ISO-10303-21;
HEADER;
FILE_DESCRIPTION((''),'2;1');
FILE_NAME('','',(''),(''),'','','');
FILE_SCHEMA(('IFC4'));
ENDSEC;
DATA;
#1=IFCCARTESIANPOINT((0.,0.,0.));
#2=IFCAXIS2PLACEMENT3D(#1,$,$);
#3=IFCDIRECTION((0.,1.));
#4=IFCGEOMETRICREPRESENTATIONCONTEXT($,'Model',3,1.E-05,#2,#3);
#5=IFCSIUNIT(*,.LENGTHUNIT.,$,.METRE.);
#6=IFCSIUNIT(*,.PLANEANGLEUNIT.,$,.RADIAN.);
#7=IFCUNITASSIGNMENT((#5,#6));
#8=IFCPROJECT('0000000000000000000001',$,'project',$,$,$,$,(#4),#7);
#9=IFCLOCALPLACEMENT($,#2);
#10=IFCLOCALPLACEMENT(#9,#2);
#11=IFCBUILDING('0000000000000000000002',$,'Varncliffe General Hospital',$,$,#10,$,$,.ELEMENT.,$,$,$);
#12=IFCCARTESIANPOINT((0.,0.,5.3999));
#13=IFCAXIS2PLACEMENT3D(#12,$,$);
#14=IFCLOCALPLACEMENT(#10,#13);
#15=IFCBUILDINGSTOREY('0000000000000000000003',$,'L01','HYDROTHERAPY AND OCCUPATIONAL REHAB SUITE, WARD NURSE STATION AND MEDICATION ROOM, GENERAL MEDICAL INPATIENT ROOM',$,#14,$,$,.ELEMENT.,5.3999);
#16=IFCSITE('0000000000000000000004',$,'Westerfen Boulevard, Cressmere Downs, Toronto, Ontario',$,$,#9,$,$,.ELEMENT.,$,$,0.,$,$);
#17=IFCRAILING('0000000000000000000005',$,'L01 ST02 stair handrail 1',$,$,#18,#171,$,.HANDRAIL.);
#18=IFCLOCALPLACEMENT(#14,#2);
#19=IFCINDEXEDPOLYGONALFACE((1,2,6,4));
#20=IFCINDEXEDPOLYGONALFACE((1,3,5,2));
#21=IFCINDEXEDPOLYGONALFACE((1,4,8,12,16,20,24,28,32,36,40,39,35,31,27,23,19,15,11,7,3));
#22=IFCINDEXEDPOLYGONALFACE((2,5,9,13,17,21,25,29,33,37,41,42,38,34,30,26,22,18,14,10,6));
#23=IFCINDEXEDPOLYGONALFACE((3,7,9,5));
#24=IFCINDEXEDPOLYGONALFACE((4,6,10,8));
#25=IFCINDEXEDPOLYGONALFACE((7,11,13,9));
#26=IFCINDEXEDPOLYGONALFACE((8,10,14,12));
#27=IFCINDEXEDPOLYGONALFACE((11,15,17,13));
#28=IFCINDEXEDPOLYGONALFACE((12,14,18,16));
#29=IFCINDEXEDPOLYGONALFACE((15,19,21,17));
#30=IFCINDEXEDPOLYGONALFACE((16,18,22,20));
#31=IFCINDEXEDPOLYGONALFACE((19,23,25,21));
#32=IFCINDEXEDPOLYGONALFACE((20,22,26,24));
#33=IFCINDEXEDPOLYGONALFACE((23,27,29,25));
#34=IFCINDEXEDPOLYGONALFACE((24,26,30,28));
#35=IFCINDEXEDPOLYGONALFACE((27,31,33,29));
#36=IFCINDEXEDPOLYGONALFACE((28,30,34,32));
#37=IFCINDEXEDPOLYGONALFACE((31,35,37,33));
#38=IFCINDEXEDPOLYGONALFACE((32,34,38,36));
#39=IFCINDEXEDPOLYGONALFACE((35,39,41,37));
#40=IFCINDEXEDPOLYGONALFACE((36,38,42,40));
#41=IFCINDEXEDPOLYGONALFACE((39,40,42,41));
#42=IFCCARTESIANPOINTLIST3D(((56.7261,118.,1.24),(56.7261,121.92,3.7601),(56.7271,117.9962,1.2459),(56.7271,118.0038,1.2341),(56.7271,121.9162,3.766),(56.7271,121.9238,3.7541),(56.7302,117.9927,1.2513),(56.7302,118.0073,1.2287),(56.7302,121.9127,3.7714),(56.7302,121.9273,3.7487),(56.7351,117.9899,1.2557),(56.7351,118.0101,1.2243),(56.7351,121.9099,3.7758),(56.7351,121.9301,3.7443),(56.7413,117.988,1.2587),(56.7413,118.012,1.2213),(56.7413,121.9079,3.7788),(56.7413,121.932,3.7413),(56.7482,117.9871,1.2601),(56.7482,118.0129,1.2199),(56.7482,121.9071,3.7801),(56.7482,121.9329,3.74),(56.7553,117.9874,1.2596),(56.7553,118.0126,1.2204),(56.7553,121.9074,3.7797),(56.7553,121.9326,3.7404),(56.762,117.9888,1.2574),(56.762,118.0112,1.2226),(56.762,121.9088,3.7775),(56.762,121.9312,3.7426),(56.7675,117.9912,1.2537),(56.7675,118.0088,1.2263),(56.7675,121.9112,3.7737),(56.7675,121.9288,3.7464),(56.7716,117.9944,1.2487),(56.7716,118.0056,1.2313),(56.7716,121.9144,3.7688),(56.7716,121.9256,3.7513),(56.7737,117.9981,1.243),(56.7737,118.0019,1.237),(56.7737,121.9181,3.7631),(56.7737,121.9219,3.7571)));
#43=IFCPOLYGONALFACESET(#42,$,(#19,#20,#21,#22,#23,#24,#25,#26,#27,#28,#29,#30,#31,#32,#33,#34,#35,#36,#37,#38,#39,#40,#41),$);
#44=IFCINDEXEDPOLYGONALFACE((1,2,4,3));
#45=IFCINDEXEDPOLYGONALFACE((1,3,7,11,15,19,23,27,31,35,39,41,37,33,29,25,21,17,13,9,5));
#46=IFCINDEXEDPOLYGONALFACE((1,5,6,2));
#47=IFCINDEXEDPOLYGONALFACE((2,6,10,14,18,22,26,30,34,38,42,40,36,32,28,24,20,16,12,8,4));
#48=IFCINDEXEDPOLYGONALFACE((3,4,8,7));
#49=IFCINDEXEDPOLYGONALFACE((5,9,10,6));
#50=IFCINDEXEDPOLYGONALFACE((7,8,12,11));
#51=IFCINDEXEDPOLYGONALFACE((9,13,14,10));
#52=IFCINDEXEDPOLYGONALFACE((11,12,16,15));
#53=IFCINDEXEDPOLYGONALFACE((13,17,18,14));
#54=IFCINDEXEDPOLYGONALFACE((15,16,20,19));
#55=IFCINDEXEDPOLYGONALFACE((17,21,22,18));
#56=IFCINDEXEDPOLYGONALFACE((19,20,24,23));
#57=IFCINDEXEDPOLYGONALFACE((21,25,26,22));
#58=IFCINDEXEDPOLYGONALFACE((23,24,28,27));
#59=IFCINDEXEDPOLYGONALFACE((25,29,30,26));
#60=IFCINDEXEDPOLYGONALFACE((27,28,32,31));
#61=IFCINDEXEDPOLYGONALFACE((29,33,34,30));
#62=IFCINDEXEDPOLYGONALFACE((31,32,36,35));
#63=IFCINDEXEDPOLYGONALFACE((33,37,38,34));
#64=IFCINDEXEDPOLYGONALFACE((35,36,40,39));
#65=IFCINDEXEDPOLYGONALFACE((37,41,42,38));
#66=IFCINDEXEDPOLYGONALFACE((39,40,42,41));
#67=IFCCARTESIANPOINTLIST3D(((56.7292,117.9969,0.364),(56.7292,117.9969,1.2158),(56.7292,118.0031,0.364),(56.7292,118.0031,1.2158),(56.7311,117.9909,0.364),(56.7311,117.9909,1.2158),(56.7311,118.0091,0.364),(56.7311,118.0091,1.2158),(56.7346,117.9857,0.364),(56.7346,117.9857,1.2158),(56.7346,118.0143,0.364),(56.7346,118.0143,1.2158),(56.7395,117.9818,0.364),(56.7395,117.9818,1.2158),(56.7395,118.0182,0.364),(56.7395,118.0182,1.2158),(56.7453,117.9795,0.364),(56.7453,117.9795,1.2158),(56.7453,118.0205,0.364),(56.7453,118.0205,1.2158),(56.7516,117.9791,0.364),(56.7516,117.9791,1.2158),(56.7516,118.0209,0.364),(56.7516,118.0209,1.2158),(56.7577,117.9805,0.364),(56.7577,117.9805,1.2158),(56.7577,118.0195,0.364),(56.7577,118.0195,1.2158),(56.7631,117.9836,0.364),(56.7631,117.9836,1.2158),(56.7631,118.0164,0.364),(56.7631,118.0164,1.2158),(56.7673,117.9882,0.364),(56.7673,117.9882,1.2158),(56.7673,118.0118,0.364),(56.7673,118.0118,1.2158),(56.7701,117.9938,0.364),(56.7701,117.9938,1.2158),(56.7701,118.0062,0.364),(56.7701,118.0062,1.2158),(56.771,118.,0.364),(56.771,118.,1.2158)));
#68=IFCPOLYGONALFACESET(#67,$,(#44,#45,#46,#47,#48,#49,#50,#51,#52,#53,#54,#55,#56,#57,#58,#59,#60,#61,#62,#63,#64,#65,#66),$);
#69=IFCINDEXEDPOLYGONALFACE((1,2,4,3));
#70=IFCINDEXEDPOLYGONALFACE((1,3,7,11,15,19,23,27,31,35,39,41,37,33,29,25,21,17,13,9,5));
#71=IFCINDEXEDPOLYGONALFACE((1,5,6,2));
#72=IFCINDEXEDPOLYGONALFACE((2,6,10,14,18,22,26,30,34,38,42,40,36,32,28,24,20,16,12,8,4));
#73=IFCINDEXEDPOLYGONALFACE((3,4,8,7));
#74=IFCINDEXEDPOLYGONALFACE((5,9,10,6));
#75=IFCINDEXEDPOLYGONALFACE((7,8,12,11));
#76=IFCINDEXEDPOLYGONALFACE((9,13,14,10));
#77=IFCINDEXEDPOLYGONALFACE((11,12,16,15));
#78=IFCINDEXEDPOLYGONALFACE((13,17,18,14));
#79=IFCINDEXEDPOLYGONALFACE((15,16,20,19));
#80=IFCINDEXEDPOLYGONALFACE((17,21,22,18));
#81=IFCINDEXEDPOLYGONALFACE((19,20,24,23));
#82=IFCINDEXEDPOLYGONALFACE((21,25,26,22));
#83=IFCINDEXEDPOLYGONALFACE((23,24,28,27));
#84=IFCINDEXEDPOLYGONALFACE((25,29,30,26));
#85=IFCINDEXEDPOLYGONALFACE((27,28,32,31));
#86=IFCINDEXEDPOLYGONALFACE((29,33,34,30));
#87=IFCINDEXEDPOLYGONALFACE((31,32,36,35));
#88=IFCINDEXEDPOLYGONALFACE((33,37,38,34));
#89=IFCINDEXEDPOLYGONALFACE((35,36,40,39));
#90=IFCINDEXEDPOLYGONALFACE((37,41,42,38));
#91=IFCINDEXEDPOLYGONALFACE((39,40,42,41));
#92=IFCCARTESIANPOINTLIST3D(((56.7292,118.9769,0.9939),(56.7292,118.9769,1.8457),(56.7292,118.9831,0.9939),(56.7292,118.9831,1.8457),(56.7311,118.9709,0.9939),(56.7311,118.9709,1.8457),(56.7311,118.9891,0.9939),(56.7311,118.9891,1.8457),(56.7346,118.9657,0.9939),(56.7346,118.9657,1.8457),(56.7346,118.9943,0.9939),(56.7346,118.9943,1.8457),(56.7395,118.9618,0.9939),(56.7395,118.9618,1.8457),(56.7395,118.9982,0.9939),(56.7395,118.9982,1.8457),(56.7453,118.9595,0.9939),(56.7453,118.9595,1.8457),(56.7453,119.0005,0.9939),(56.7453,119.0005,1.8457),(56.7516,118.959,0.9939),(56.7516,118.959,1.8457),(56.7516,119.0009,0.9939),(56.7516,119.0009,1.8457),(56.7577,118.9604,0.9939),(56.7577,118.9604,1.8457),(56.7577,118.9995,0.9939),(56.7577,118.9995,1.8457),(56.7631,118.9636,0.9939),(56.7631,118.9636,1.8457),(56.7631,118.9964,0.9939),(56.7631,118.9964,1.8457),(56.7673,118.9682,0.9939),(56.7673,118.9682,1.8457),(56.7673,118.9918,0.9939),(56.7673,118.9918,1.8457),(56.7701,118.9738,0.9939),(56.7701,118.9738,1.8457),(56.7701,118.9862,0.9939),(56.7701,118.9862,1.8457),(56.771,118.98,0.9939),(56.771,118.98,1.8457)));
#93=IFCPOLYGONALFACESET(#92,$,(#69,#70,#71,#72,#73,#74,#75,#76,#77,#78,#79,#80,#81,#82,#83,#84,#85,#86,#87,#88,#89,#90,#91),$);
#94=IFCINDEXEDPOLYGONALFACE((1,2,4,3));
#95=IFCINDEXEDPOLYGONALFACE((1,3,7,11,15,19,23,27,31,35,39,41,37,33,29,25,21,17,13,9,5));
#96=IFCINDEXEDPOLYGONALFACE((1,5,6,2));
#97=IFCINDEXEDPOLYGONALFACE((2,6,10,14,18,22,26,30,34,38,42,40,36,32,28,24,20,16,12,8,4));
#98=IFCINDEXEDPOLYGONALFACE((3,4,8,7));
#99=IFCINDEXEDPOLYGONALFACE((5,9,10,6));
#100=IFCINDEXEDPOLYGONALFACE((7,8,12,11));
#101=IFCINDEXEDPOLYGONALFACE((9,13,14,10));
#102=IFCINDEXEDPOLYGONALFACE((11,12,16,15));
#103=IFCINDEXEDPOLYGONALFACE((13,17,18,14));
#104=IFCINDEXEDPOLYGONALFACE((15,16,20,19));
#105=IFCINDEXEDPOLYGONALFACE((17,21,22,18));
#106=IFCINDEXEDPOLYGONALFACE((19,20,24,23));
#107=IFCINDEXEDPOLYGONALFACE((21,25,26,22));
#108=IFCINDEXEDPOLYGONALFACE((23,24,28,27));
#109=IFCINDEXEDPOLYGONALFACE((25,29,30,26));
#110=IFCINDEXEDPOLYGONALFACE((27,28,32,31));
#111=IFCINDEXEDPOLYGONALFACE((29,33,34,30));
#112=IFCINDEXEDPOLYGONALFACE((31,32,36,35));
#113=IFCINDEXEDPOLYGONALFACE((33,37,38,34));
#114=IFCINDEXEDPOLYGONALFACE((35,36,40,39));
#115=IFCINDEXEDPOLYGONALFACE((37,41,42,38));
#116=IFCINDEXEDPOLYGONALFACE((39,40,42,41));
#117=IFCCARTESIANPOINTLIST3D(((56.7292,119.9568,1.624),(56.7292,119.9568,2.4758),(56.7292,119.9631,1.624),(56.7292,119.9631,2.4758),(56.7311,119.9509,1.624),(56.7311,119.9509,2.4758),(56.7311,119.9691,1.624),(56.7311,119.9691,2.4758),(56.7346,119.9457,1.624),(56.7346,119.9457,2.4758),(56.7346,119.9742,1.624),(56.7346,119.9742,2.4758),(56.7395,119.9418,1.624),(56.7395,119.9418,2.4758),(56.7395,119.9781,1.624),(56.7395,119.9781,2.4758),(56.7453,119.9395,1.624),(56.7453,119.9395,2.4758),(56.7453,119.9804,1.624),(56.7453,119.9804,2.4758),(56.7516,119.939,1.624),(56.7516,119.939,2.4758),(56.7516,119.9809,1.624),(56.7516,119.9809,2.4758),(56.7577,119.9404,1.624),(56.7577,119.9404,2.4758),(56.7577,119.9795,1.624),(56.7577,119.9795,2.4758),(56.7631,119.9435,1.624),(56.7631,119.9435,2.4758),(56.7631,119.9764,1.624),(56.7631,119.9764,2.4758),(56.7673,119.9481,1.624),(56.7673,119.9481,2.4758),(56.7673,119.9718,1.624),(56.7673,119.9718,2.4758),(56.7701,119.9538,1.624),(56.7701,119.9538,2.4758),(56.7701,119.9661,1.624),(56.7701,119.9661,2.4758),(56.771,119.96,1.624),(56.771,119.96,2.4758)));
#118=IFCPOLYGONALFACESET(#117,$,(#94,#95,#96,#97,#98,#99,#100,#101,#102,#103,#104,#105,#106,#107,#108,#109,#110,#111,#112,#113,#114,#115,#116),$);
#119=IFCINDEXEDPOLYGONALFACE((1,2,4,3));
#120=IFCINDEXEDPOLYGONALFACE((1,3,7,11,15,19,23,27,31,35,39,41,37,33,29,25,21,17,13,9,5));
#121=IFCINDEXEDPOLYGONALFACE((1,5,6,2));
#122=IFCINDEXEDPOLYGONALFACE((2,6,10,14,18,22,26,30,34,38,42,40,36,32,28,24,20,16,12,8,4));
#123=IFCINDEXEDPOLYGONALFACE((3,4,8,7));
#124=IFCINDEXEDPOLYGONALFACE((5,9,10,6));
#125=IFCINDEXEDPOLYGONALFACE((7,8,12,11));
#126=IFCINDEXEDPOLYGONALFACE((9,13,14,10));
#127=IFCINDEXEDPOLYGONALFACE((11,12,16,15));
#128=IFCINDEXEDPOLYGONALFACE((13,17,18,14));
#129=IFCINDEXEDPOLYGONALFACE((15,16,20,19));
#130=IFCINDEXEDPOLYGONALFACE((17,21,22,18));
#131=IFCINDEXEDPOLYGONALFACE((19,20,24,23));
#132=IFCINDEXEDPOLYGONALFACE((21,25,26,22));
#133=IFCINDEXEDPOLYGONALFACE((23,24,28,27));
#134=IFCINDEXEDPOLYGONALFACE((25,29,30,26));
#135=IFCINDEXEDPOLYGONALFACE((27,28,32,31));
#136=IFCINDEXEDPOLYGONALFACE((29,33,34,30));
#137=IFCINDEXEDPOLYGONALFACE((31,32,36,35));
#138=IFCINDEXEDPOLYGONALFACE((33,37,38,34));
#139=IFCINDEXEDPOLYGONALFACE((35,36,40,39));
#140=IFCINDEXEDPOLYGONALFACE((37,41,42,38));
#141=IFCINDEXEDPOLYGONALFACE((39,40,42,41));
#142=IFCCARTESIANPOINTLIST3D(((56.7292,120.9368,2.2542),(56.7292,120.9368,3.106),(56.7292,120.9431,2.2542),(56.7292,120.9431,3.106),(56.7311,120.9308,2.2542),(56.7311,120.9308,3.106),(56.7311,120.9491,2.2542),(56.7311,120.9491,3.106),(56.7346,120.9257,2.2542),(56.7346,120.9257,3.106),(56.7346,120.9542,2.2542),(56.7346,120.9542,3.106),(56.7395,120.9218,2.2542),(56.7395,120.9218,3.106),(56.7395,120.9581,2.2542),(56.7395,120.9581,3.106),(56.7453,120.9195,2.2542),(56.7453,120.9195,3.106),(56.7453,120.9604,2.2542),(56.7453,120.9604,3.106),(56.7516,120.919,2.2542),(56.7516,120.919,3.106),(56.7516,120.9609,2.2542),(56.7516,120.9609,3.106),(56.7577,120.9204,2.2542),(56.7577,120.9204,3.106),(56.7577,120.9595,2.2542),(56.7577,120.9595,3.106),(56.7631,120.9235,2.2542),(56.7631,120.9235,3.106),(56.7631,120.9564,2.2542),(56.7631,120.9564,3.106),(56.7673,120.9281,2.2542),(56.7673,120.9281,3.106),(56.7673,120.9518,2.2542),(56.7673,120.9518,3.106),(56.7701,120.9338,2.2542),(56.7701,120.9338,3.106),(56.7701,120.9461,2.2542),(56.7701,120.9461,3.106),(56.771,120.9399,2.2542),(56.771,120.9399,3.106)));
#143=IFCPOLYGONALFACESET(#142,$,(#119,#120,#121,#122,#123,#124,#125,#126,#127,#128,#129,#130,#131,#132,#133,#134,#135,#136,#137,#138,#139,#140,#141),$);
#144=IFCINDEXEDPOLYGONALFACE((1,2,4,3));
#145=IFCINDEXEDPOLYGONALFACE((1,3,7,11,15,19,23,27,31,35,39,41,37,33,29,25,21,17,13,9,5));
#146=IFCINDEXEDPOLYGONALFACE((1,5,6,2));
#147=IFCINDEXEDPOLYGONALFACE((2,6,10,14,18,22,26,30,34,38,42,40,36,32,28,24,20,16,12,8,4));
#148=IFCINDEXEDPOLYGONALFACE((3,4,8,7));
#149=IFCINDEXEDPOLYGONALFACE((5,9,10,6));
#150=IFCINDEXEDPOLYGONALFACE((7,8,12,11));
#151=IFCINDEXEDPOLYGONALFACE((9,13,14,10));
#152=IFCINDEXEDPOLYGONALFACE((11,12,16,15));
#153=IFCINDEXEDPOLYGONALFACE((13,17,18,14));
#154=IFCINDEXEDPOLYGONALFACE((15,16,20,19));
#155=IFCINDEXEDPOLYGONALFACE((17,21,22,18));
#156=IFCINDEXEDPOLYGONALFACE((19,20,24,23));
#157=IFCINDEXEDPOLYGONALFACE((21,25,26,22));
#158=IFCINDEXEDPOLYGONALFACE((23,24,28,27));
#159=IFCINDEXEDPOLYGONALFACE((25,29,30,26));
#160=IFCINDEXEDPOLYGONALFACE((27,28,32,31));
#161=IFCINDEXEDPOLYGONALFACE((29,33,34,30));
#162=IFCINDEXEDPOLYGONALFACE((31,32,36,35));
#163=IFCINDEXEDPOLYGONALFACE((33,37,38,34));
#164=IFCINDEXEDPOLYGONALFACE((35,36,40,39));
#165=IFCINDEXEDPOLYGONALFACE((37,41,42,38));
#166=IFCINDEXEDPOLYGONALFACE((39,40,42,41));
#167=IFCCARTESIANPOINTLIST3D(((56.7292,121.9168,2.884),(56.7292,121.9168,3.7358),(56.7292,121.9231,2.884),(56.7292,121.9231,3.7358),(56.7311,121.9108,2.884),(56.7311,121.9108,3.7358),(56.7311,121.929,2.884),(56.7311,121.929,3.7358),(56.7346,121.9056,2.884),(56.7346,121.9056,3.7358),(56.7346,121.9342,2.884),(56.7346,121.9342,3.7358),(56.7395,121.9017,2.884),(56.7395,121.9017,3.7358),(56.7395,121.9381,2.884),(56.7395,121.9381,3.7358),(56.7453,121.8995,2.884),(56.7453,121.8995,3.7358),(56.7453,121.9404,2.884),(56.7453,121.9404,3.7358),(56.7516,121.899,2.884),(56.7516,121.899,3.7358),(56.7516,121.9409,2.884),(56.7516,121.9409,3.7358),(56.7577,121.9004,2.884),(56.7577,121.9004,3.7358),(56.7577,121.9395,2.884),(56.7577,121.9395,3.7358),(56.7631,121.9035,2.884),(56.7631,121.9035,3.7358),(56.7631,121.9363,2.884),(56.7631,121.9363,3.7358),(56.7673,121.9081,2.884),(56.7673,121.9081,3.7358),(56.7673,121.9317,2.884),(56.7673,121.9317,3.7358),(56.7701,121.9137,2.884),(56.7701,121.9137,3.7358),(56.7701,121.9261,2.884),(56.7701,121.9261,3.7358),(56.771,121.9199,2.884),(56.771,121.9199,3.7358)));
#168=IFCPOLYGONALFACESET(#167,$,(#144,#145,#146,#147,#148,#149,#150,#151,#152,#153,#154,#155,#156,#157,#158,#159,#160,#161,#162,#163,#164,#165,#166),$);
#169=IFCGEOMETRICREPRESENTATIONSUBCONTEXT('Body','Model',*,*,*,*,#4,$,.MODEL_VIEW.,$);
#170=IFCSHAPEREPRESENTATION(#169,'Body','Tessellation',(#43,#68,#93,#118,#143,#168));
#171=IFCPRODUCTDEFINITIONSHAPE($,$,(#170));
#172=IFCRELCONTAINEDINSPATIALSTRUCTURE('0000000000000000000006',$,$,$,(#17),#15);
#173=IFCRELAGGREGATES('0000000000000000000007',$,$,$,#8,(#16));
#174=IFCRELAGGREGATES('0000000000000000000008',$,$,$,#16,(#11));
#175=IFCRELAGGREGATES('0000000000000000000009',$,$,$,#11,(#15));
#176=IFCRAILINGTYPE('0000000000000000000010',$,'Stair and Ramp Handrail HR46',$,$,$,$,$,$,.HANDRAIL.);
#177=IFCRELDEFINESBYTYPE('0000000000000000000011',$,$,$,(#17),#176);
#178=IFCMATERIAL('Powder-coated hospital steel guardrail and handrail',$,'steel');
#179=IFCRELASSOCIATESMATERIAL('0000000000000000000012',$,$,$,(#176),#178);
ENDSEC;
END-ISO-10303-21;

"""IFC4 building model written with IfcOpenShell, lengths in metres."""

from ifc_helpers import new_model, si_unit, direction, frame, origin, origin_2d, place, context, subcontext, project, spatial, circle, extrude, material, type_object, element, save


model = new_model("IFC4")

# Units and contexts
model_context = context("Model", 3, precision=1e-05, world=origin(), true_north=direction((0.0, 1.0)))
body_context = subcontext(model_context, "Body", "Model", "MODEL_VIEW")
ifc_project = project(units=[si_unit("LENGTHUNIT", "METRE"), si_unit("PLANEANGLEUNIT", "RADIAN")], contexts=[model_context])

# Site, building, storey
site_placement = place(None, origin())
site = spatial("IfcSite", under=ifc_project, at=site_placement, Name="Westerfen Boulevard, Cressmere Downs, Toronto, Ontario", CompositionType="ELEMENT", RefElevation=0.0)
building_placement = place(site_placement, origin())
building = spatial("IfcBuilding", under=site, at=building_placement, Name="Varncliffe General Hospital", CompositionType="ELEMENT")
storey_placement = place(building_placement, frame((0.0, 0.0, 5.3999)))
storey = spatial("IfcBuildingStorey", under=building, at=storey_placement, Name="L01", Description="HYDROTHERAPY AND OCCUPATIONAL REHAB SUITE, WARD NURSE STATION AND MEDICATION ROOM, GENERAL MEDICAL INPATIENT ROOM", CompositionType="ELEMENT", Elevation=5.3999)

# Railing
ifc_material_1 = material(Name="Powder-coated hospital steel guardrail and handrail", Category="steel")
railing_type_1 = type_object("IfcRailingType", Name="Stair and Ramp Handrail HR46", PredefinedType="HANDRAIL", material=ifc_material_1)
railing_1_placement = place(storey_placement, frame((56.75, 118.0, 0.364)))
element("IfcRailing", 1, at=railing_1_placement, inside=storey, type_object=railing_type_1, Name="L01 ST02 stair handrail 1", PredefinedType="HANDRAIL", context=body_context, shape_type="SweptSolid", body=[
    extrude(circle(Radius=0.0239, at=origin_2d()), frame((0.0, 0.0, 0.876), z_axis=(0.0, 0.841172, 0.540768), x_axis=(-1.0, 0.0, 0.0)), (0.0, 0.0, 1.0), 4.6602),
    extrude(circle(Radius=0.021, at=origin_2d()), origin(), (0.0, 0.0, 1.0), 0.8518),
    extrude(circle(Radius=0.021, at=origin_2d()), frame((0.0, 0.98, 0.6299)), (0.0, 0.0, 1.0), 0.8518),
    extrude(circle(Radius=0.021, at=origin_2d()), frame((0.0, 1.96, 1.26)), (0.0, 0.0, 1.0), 0.8518),
    extrude(circle(Radius=0.021, at=origin_2d()), frame((0.0, 2.9399, 1.8901)), (0.0, 0.0, 1.0), 0.8518),
    extrude(circle(Radius=0.021, at=origin_2d()), frame((0.0, 3.9199, 2.52)), (0.0, 0.0, 1.0), 0.8518),
])

save(model, "model.ifc")
